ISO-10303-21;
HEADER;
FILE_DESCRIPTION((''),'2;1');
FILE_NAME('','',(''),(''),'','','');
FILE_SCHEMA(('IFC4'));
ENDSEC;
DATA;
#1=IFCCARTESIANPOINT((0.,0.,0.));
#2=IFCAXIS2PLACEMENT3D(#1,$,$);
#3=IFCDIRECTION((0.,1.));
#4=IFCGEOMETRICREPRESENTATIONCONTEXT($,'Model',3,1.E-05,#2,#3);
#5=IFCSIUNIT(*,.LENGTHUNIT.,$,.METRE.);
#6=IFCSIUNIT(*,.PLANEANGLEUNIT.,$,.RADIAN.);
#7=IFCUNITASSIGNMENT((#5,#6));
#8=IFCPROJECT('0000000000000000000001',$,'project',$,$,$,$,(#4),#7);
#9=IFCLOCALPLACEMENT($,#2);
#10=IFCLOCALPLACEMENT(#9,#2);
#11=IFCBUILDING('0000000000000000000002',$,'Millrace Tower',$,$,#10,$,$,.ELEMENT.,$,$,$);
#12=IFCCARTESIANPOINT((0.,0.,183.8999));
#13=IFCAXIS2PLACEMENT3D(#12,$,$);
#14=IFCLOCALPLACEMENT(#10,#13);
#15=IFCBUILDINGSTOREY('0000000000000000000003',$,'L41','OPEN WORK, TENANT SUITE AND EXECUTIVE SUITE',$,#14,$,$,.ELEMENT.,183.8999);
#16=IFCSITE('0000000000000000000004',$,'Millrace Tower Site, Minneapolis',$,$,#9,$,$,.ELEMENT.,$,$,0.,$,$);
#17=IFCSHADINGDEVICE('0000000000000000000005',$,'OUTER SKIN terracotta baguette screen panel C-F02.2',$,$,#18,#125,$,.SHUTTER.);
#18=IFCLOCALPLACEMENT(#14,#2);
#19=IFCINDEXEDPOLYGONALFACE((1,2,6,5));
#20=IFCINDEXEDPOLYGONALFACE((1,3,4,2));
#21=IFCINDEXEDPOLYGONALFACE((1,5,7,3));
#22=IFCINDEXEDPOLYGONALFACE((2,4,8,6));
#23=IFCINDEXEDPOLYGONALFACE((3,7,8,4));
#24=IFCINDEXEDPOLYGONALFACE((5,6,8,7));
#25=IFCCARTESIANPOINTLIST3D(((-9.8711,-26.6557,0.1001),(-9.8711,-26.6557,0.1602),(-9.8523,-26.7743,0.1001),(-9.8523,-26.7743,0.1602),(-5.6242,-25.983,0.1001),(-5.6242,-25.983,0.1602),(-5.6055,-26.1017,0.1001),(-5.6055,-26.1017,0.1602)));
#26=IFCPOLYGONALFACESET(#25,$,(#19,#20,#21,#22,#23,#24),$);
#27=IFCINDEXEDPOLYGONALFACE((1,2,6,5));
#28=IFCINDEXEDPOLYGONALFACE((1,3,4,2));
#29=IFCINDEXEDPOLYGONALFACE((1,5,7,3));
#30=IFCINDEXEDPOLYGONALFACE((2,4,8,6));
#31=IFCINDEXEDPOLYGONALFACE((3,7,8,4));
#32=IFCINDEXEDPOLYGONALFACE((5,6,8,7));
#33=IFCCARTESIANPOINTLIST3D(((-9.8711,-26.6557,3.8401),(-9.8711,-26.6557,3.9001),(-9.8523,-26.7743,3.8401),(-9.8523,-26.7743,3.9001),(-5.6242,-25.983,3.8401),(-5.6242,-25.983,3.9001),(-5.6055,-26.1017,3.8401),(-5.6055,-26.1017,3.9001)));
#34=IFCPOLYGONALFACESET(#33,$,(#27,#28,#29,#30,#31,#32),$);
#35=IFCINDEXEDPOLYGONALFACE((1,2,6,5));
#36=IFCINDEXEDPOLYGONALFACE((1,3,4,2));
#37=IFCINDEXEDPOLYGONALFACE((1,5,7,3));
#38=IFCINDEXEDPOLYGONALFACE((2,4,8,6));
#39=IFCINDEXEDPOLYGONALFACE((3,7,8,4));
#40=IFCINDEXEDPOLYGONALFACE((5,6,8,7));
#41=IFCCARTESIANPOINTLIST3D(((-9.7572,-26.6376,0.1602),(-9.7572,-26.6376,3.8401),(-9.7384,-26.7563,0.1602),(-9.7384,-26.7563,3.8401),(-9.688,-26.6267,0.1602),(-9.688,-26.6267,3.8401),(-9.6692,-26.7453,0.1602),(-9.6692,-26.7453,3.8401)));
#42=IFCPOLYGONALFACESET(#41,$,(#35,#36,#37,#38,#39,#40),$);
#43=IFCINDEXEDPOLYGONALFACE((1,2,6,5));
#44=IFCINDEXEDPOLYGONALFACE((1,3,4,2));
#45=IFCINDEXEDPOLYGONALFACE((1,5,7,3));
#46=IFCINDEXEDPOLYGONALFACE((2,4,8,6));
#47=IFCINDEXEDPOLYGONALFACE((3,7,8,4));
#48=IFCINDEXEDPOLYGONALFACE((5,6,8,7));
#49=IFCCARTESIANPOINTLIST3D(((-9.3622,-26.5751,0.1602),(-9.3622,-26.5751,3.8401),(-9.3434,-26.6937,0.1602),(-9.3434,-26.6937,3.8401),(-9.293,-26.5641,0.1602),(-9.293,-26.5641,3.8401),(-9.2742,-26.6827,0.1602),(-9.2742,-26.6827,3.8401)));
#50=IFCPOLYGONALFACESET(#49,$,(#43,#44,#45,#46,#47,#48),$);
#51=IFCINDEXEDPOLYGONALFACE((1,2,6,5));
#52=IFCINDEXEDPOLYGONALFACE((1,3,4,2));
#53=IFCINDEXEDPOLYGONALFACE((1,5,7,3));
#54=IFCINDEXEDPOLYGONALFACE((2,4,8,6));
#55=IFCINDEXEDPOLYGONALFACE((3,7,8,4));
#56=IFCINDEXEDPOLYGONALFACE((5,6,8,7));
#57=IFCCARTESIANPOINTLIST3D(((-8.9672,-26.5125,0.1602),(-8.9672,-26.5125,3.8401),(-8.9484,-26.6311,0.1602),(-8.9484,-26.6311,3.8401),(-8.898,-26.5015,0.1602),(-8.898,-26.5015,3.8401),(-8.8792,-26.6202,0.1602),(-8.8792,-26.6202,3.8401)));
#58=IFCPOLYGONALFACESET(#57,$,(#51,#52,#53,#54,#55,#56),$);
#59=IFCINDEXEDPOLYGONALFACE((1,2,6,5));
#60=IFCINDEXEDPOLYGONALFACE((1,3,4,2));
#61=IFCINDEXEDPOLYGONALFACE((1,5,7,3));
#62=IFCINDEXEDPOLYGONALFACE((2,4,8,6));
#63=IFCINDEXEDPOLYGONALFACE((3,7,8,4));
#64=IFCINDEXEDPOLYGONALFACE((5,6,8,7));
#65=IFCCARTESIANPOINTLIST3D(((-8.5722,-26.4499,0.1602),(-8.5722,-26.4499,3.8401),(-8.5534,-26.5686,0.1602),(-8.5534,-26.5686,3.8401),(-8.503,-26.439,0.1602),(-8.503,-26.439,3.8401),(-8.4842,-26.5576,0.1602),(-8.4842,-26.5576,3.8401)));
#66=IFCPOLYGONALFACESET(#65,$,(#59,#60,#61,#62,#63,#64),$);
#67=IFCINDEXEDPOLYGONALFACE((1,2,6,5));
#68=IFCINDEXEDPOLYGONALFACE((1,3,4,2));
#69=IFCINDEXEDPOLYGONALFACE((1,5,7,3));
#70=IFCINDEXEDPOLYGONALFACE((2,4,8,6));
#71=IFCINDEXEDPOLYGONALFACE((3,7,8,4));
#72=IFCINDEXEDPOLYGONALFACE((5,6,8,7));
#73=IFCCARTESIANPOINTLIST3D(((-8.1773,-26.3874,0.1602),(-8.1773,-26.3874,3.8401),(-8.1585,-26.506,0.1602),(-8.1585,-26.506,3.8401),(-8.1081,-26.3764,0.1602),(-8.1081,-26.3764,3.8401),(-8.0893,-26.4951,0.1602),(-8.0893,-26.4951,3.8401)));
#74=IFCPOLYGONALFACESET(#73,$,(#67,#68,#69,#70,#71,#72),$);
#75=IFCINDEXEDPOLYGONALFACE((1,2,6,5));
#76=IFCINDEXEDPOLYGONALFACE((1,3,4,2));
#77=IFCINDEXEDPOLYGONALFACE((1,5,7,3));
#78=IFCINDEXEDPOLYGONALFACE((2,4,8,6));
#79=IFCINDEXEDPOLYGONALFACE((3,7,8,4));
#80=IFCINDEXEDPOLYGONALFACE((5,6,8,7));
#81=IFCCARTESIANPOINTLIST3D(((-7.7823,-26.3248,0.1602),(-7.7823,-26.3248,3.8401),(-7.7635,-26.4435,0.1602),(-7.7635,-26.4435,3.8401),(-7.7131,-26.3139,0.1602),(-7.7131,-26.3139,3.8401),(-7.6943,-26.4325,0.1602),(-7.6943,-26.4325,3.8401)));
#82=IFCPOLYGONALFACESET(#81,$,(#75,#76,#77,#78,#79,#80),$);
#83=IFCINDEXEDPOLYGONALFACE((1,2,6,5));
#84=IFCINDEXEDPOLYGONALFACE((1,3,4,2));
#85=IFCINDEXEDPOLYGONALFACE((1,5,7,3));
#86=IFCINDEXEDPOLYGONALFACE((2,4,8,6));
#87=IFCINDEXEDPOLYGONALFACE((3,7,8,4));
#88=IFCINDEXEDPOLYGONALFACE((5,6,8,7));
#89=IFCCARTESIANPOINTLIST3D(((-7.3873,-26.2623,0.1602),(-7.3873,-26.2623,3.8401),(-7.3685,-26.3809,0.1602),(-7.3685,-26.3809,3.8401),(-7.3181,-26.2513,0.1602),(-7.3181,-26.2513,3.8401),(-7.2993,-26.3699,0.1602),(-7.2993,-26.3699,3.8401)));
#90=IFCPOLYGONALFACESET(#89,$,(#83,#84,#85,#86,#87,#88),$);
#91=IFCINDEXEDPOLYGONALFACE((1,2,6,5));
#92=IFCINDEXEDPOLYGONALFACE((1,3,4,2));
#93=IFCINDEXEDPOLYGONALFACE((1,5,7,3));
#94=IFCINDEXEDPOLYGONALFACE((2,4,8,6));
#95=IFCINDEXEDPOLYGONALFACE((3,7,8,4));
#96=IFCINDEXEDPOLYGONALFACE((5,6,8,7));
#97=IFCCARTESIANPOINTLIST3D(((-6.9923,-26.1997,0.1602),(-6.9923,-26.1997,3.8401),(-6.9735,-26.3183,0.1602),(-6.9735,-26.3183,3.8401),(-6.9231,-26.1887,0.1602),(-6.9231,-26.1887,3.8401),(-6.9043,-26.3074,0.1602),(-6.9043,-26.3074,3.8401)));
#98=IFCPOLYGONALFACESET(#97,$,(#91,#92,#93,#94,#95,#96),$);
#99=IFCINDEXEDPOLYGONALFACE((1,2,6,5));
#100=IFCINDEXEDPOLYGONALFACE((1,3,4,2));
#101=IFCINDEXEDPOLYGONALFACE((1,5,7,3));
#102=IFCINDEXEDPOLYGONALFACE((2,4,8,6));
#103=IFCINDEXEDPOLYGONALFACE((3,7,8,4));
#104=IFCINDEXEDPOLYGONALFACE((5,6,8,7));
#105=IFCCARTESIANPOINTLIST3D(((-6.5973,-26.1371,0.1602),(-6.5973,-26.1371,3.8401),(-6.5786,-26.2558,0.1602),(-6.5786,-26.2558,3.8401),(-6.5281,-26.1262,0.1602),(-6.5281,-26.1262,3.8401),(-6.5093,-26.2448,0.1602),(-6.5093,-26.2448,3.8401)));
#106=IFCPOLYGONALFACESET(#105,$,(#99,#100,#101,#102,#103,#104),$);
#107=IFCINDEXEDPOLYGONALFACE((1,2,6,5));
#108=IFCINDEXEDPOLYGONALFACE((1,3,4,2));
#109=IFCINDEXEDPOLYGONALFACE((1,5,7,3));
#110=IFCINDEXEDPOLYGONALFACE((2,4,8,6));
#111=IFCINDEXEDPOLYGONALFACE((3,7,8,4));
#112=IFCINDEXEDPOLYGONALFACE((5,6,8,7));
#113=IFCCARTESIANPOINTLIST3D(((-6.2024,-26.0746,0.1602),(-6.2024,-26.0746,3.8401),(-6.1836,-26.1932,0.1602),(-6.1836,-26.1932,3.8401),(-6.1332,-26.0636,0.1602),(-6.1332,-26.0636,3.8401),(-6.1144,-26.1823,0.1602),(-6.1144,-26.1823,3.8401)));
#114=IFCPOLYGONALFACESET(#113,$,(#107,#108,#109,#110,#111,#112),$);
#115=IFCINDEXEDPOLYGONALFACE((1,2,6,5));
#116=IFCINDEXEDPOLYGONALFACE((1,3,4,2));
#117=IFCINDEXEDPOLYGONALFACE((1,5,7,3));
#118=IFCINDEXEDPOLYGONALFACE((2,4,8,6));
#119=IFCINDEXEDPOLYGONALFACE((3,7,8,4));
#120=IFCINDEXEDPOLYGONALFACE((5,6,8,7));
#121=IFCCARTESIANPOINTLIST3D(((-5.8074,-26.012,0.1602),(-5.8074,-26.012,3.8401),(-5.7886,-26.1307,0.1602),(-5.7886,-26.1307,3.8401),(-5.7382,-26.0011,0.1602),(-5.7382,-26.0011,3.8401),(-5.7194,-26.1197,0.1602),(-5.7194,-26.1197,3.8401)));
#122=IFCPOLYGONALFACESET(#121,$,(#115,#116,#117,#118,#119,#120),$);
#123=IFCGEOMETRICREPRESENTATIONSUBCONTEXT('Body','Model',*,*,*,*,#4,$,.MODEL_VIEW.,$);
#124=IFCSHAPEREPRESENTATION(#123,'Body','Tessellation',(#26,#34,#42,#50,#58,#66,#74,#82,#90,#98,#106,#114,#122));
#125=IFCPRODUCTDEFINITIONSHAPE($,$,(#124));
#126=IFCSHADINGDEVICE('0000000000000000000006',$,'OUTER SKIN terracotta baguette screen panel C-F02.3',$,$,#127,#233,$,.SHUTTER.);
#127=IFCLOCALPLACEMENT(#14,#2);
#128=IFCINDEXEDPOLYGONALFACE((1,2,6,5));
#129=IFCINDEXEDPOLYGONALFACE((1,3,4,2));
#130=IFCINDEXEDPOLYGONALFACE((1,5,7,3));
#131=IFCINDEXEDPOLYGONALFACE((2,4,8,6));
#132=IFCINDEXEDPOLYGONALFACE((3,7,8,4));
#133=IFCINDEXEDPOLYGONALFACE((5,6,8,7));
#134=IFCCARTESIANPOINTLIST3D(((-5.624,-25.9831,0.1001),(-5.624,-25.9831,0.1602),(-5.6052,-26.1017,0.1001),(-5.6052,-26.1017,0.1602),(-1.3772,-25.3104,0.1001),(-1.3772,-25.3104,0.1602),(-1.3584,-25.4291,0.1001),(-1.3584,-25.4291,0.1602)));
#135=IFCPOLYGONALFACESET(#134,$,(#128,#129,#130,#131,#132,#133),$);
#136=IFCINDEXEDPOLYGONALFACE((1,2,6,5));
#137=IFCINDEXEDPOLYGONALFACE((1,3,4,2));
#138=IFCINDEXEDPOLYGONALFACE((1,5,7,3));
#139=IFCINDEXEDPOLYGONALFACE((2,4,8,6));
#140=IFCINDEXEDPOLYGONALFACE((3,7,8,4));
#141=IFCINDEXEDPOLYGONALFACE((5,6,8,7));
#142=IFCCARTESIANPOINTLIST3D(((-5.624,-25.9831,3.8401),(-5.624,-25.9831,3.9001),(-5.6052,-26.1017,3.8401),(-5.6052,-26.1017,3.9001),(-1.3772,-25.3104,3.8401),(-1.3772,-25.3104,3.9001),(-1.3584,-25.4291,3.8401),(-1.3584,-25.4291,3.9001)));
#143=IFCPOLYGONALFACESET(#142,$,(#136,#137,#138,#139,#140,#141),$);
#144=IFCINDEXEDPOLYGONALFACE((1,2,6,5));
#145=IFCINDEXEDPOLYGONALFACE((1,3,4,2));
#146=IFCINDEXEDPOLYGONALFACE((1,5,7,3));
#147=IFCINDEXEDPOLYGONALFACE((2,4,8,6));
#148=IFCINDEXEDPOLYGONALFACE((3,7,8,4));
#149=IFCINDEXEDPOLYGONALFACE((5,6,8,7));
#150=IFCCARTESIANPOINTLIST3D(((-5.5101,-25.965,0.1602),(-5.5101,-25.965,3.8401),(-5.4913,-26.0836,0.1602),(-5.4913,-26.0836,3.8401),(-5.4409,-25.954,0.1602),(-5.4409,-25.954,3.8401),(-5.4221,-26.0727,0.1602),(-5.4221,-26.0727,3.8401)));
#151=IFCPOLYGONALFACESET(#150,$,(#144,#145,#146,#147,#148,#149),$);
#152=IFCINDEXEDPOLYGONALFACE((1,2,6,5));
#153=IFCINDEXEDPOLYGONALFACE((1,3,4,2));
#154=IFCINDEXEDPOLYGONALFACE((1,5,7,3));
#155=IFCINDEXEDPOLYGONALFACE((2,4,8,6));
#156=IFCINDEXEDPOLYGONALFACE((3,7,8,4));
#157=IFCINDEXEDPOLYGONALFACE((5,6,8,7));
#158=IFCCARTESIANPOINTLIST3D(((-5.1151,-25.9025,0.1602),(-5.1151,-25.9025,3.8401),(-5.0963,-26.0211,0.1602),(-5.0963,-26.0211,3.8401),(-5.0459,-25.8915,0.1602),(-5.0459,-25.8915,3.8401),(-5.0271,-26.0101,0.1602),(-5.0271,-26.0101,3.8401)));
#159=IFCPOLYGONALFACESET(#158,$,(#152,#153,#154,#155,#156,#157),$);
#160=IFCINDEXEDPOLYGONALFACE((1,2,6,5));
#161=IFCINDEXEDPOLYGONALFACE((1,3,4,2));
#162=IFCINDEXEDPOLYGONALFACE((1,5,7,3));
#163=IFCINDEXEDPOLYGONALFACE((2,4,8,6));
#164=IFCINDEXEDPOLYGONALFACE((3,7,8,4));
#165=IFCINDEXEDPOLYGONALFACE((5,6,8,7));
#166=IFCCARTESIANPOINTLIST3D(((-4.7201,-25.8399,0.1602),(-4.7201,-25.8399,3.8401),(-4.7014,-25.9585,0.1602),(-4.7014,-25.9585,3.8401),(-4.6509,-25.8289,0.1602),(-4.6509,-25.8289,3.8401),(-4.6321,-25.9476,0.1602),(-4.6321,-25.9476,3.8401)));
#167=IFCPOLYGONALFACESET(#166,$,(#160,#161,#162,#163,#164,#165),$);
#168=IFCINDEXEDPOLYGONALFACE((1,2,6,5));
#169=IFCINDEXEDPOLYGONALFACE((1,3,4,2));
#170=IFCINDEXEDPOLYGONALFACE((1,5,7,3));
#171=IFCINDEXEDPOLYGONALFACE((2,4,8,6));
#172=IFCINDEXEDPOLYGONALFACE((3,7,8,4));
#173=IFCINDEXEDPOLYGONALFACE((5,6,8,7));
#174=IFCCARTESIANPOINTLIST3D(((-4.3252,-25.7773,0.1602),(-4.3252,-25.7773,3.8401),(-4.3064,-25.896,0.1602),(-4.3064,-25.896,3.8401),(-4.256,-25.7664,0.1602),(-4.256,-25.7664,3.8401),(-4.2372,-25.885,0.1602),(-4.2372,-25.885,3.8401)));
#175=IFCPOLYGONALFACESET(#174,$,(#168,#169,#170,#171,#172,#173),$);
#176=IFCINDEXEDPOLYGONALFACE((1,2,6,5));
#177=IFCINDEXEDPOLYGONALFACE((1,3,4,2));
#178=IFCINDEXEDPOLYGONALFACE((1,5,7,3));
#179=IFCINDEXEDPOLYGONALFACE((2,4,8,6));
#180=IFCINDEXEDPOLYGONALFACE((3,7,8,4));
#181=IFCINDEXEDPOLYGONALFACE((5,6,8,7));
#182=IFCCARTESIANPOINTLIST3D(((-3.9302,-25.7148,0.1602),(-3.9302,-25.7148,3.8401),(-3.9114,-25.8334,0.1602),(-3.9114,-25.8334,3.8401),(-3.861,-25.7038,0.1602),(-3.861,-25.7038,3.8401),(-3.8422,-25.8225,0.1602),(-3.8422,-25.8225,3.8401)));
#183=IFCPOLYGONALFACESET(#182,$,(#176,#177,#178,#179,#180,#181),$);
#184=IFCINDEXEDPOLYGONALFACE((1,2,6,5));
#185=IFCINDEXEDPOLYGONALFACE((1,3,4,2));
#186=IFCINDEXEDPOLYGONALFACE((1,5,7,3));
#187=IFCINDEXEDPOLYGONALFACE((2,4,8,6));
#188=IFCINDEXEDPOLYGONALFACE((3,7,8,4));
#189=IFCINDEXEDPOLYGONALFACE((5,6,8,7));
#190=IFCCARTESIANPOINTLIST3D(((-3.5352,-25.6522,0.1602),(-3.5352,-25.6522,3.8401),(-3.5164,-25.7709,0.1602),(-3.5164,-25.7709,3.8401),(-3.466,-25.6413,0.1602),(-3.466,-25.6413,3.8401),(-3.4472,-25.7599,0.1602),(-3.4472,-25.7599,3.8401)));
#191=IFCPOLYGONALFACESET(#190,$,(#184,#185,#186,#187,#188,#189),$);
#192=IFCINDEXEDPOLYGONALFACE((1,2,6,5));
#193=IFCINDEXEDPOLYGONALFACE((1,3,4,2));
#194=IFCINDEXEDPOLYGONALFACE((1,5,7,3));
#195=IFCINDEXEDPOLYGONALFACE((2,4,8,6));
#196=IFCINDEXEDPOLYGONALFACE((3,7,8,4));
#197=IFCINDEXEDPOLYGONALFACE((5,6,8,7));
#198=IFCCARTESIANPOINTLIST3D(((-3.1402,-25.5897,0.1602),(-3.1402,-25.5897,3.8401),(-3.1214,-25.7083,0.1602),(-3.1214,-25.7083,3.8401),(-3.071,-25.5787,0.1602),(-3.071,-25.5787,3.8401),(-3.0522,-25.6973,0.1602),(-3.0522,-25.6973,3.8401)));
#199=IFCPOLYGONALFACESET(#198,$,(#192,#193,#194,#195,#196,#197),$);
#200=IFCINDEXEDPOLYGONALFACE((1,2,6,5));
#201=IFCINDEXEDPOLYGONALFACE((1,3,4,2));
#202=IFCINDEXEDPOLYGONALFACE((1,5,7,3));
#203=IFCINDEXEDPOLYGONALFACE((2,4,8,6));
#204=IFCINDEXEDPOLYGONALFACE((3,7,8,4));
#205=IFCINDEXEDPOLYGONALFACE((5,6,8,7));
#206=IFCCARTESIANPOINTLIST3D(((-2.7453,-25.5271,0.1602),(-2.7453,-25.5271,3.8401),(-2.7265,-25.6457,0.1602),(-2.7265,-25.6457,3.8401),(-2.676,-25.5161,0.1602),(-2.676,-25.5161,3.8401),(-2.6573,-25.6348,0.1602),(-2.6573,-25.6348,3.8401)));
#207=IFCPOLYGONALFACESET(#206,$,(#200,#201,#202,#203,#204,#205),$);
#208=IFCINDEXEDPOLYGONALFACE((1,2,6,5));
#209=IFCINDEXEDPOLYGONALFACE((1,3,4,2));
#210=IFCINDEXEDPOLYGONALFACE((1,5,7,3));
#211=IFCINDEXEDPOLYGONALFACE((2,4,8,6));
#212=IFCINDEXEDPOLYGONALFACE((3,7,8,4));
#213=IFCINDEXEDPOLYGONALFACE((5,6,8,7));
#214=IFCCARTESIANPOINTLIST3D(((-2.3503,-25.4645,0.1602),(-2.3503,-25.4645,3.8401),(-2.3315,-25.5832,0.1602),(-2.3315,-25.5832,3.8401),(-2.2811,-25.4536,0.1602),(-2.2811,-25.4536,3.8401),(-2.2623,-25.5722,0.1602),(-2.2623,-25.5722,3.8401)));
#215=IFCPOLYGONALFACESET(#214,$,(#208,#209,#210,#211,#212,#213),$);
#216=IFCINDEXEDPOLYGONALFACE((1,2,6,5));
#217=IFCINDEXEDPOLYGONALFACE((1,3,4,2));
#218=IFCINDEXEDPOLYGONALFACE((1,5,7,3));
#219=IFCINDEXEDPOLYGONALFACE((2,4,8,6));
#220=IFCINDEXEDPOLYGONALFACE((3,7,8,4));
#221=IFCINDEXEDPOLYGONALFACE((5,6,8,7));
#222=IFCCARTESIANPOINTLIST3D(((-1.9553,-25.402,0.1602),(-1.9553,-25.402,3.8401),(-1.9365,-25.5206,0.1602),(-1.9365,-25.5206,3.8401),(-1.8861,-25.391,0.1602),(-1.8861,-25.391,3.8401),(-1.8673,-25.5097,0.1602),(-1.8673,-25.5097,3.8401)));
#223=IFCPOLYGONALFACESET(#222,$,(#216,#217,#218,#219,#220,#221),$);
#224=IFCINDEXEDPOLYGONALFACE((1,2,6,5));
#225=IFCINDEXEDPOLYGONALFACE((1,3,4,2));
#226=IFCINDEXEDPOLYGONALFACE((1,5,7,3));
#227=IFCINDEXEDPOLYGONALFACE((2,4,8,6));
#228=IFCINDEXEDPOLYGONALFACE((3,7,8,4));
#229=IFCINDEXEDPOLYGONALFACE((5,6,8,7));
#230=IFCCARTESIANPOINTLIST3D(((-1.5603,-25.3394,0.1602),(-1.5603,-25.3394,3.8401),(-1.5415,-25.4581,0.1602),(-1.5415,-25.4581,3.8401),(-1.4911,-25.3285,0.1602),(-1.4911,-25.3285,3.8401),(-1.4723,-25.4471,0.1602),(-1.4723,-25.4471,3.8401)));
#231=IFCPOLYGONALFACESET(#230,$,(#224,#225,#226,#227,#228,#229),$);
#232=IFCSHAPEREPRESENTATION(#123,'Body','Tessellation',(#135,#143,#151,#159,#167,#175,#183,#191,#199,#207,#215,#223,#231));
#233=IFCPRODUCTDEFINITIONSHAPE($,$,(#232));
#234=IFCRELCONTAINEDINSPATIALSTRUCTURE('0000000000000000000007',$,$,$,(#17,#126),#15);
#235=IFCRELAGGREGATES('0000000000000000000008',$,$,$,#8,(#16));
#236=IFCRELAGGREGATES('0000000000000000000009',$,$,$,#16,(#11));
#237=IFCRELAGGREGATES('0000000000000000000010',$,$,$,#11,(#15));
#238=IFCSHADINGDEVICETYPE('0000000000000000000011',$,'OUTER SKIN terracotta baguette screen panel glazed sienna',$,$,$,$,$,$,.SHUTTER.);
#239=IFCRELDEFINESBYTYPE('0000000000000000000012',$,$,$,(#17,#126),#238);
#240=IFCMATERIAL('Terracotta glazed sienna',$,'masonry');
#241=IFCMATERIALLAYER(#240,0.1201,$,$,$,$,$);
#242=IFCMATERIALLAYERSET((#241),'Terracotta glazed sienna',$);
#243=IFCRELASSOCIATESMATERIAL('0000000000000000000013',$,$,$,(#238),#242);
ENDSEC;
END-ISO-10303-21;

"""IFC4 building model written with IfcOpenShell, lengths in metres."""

from ifc_helpers import new_model, entity, si_unit, direction, frame, frame_2d, origin, origin_2d, place, context, subcontext, project, spatial, rectangle, extrude, source, transform, mapped, material, layer, layer_set, type_object, element, save


model = new_model("IFC4")

# Units and contexts
model_context = context("Model", 3, precision=1e-05, world=origin(), true_north=direction((0.0, 1.0)))
body_context = subcontext(model_context, "Body", "Model", "MODEL_VIEW")
ifc_project = project(units=[si_unit("LENGTHUNIT", "METRE"), si_unit("PLANEANGLEUNIT", "RADIAN")], contexts=[model_context])

# Site, building, storey
site_placement = place(None, origin())
site = spatial("IfcSite", under=ifc_project, at=site_placement, Name="Millrace Tower Site, Minneapolis", CompositionType="ELEMENT", RefElevation=0.0)
building_placement = place(site_placement, origin())
building = spatial("IfcBuilding", under=site, at=building_placement, Name="Millrace Tower", CompositionType="ELEMENT")
storey_placement = place(building_placement, frame((0.0, 0.0, 183.8999)))
storey = spatial("IfcBuildingStorey", under=building, at=storey_placement, Name="L41", Description="OPEN WORK, TENANT SUITE AND EXECUTIVE SUITE", CompositionType="ELEMENT", Elevation=183.8999)

# Shading devices
ifc_material_1 = material(Name="Terracotta glazed sienna", Category="masonry")
ifc_layer_1 = layer(ifc_material_1, 0.1201)
ifc_layer_set_1 = layer_set([ifc_layer_1], Name="Terracotta glazed sienna")
shading_device_type = type_object("IfcShadingDeviceType", Name="OUTER SKIN terracotta baguette screen panel glazed sienna", PredefinedType="SHUTTER", material=ifc_layer_set_1)
cartesian_point_1 = entity("IfcCartesianPoint", [-2.1499, 0.0601])
shared_polyline_1 = entity("IfcPolyline", [cartesian_point_1, entity("IfcCartesianPoint", [2.1499, 0.0601]), entity("IfcCartesianPoint", [2.1499, -0.0601]), entity("IfcCartesianPoint", [-2.1499, -0.0601]), cartesian_point_1])
shared_shape_1 = source(origin(), body_context, "Body", "SweptSolid", [
    entity("IfcExtrudedAreaSolid", entity("IfcArbitraryClosedProfileDef", "AREA", None, shared_polyline_1), entity("IfcAxis2Placement3D", entity("IfcCartesianPoint", [0.0, 0.0, 0.0])), entity("IfcDirection", [0.0, 0.0, 1.0]), 0.0601),
    entity("IfcExtrudedAreaSolid", entity("IfcArbitraryClosedProfileDef", "AREA", None, shared_polyline_1), entity("IfcAxis2Placement3D", entity("IfcCartesianPoint", [0.0, 0.0, 3.74])), entity("IfcDirection", [0.0, 0.0, 1.0]), 0.0601),
    extrude(rectangle(XDim=0.0701, YDim=0.1201, at=frame_2d((-1.9995, 0.0))), frame((0.0, 0.0, 0.0601)), (0.0, 0.0, 1.0), 3.6799),
    extrude(rectangle(XDim=0.0701, YDim=0.1201, at=frame_2d((-1.5996, 0.0))), frame((0.0, 0.0, 0.0601)), (0.0, 0.0, 1.0), 3.6799),
    extrude(rectangle(XDim=0.0701, YDim=0.1201, at=frame_2d((-1.1997, 0.0))), frame((0.0, 0.0, 0.0601)), (0.0, 0.0, 1.0), 3.6799),
    extrude(rectangle(XDim=0.0701, YDim=0.1201, at=frame_2d((-0.7998, 0.0))), frame((0.0, 0.0, 0.0601)), (0.0, 0.0, 1.0), 3.6799),
    extrude(rectangle(XDim=0.0701, YDim=0.1201, at=frame_2d((-0.3999, 0.0))), frame((0.0, 0.0, 0.0601)), (0.0, 0.0, 1.0), 3.6799),
    extrude(rectangle(XDim=0.0701, YDim=0.1201, at=origin_2d()), frame((0.0, 0.0, 0.0601)), (0.0, 0.0, 1.0), 3.6799),
    extrude(rectangle(XDim=0.0701, YDim=0.1201, at=frame_2d((0.3999, 0.0))), frame((0.0, 0.0, 0.0601)), (0.0, 0.0, 1.0), 3.6799),
    extrude(rectangle(XDim=0.0701, YDim=0.1201, at=frame_2d((0.7998, 0.0))), frame((0.0, 0.0, 0.0601)), (0.0, 0.0, 1.0), 3.6799),
    extrude(rectangle(XDim=0.0701, YDim=0.1201, at=frame_2d((1.1997, 0.0))), frame((0.0, 0.0, 0.0601)), (0.0, 0.0, 1.0), 3.6799),
    extrude(rectangle(XDim=0.0701, YDim=0.1201, at=frame_2d((1.5996, 0.0))), frame((0.0, 0.0, 0.0601)), (0.0, 0.0, 1.0), 3.6799),
    extrude(rectangle(XDim=0.0701, YDim=0.1201, at=frame_2d((1.9995, 0.0))), frame((0.0, 0.0, 0.0601)), (0.0, 0.0, 1.0), 3.6799),
])
for number, where, z_axis, x_axis, name in (
    (1, (-7.7383, -26.3787, 0.1001), (0.0, 0.0, 1.0), (0.987688, 0.156434, 0.0), "OUTER SKIN terracotta baguette screen panel C-F02.2"),
    (2, (-3.4912, -25.7061, 0.1001), (0.0, 0.0, 1.0), (0.987688, 0.156434, 0.0), "OUTER SKIN terracotta baguette screen panel C-F02.3"),
):
    element("IfcShadingDevice", number, at=place(storey_placement, frame(where, z_axis=z_axis, x_axis=x_axis)), inside=storey, type_object=shading_device_type, Name=name, PredefinedType="SHUTTER", context=body_context, shape_type="MappedRepresentation", body=[
        mapped(shared_shape_1, transform((0.0, 0.0, 0.0), scale=1.0)),
    ])

save(model, "model.ifc")
